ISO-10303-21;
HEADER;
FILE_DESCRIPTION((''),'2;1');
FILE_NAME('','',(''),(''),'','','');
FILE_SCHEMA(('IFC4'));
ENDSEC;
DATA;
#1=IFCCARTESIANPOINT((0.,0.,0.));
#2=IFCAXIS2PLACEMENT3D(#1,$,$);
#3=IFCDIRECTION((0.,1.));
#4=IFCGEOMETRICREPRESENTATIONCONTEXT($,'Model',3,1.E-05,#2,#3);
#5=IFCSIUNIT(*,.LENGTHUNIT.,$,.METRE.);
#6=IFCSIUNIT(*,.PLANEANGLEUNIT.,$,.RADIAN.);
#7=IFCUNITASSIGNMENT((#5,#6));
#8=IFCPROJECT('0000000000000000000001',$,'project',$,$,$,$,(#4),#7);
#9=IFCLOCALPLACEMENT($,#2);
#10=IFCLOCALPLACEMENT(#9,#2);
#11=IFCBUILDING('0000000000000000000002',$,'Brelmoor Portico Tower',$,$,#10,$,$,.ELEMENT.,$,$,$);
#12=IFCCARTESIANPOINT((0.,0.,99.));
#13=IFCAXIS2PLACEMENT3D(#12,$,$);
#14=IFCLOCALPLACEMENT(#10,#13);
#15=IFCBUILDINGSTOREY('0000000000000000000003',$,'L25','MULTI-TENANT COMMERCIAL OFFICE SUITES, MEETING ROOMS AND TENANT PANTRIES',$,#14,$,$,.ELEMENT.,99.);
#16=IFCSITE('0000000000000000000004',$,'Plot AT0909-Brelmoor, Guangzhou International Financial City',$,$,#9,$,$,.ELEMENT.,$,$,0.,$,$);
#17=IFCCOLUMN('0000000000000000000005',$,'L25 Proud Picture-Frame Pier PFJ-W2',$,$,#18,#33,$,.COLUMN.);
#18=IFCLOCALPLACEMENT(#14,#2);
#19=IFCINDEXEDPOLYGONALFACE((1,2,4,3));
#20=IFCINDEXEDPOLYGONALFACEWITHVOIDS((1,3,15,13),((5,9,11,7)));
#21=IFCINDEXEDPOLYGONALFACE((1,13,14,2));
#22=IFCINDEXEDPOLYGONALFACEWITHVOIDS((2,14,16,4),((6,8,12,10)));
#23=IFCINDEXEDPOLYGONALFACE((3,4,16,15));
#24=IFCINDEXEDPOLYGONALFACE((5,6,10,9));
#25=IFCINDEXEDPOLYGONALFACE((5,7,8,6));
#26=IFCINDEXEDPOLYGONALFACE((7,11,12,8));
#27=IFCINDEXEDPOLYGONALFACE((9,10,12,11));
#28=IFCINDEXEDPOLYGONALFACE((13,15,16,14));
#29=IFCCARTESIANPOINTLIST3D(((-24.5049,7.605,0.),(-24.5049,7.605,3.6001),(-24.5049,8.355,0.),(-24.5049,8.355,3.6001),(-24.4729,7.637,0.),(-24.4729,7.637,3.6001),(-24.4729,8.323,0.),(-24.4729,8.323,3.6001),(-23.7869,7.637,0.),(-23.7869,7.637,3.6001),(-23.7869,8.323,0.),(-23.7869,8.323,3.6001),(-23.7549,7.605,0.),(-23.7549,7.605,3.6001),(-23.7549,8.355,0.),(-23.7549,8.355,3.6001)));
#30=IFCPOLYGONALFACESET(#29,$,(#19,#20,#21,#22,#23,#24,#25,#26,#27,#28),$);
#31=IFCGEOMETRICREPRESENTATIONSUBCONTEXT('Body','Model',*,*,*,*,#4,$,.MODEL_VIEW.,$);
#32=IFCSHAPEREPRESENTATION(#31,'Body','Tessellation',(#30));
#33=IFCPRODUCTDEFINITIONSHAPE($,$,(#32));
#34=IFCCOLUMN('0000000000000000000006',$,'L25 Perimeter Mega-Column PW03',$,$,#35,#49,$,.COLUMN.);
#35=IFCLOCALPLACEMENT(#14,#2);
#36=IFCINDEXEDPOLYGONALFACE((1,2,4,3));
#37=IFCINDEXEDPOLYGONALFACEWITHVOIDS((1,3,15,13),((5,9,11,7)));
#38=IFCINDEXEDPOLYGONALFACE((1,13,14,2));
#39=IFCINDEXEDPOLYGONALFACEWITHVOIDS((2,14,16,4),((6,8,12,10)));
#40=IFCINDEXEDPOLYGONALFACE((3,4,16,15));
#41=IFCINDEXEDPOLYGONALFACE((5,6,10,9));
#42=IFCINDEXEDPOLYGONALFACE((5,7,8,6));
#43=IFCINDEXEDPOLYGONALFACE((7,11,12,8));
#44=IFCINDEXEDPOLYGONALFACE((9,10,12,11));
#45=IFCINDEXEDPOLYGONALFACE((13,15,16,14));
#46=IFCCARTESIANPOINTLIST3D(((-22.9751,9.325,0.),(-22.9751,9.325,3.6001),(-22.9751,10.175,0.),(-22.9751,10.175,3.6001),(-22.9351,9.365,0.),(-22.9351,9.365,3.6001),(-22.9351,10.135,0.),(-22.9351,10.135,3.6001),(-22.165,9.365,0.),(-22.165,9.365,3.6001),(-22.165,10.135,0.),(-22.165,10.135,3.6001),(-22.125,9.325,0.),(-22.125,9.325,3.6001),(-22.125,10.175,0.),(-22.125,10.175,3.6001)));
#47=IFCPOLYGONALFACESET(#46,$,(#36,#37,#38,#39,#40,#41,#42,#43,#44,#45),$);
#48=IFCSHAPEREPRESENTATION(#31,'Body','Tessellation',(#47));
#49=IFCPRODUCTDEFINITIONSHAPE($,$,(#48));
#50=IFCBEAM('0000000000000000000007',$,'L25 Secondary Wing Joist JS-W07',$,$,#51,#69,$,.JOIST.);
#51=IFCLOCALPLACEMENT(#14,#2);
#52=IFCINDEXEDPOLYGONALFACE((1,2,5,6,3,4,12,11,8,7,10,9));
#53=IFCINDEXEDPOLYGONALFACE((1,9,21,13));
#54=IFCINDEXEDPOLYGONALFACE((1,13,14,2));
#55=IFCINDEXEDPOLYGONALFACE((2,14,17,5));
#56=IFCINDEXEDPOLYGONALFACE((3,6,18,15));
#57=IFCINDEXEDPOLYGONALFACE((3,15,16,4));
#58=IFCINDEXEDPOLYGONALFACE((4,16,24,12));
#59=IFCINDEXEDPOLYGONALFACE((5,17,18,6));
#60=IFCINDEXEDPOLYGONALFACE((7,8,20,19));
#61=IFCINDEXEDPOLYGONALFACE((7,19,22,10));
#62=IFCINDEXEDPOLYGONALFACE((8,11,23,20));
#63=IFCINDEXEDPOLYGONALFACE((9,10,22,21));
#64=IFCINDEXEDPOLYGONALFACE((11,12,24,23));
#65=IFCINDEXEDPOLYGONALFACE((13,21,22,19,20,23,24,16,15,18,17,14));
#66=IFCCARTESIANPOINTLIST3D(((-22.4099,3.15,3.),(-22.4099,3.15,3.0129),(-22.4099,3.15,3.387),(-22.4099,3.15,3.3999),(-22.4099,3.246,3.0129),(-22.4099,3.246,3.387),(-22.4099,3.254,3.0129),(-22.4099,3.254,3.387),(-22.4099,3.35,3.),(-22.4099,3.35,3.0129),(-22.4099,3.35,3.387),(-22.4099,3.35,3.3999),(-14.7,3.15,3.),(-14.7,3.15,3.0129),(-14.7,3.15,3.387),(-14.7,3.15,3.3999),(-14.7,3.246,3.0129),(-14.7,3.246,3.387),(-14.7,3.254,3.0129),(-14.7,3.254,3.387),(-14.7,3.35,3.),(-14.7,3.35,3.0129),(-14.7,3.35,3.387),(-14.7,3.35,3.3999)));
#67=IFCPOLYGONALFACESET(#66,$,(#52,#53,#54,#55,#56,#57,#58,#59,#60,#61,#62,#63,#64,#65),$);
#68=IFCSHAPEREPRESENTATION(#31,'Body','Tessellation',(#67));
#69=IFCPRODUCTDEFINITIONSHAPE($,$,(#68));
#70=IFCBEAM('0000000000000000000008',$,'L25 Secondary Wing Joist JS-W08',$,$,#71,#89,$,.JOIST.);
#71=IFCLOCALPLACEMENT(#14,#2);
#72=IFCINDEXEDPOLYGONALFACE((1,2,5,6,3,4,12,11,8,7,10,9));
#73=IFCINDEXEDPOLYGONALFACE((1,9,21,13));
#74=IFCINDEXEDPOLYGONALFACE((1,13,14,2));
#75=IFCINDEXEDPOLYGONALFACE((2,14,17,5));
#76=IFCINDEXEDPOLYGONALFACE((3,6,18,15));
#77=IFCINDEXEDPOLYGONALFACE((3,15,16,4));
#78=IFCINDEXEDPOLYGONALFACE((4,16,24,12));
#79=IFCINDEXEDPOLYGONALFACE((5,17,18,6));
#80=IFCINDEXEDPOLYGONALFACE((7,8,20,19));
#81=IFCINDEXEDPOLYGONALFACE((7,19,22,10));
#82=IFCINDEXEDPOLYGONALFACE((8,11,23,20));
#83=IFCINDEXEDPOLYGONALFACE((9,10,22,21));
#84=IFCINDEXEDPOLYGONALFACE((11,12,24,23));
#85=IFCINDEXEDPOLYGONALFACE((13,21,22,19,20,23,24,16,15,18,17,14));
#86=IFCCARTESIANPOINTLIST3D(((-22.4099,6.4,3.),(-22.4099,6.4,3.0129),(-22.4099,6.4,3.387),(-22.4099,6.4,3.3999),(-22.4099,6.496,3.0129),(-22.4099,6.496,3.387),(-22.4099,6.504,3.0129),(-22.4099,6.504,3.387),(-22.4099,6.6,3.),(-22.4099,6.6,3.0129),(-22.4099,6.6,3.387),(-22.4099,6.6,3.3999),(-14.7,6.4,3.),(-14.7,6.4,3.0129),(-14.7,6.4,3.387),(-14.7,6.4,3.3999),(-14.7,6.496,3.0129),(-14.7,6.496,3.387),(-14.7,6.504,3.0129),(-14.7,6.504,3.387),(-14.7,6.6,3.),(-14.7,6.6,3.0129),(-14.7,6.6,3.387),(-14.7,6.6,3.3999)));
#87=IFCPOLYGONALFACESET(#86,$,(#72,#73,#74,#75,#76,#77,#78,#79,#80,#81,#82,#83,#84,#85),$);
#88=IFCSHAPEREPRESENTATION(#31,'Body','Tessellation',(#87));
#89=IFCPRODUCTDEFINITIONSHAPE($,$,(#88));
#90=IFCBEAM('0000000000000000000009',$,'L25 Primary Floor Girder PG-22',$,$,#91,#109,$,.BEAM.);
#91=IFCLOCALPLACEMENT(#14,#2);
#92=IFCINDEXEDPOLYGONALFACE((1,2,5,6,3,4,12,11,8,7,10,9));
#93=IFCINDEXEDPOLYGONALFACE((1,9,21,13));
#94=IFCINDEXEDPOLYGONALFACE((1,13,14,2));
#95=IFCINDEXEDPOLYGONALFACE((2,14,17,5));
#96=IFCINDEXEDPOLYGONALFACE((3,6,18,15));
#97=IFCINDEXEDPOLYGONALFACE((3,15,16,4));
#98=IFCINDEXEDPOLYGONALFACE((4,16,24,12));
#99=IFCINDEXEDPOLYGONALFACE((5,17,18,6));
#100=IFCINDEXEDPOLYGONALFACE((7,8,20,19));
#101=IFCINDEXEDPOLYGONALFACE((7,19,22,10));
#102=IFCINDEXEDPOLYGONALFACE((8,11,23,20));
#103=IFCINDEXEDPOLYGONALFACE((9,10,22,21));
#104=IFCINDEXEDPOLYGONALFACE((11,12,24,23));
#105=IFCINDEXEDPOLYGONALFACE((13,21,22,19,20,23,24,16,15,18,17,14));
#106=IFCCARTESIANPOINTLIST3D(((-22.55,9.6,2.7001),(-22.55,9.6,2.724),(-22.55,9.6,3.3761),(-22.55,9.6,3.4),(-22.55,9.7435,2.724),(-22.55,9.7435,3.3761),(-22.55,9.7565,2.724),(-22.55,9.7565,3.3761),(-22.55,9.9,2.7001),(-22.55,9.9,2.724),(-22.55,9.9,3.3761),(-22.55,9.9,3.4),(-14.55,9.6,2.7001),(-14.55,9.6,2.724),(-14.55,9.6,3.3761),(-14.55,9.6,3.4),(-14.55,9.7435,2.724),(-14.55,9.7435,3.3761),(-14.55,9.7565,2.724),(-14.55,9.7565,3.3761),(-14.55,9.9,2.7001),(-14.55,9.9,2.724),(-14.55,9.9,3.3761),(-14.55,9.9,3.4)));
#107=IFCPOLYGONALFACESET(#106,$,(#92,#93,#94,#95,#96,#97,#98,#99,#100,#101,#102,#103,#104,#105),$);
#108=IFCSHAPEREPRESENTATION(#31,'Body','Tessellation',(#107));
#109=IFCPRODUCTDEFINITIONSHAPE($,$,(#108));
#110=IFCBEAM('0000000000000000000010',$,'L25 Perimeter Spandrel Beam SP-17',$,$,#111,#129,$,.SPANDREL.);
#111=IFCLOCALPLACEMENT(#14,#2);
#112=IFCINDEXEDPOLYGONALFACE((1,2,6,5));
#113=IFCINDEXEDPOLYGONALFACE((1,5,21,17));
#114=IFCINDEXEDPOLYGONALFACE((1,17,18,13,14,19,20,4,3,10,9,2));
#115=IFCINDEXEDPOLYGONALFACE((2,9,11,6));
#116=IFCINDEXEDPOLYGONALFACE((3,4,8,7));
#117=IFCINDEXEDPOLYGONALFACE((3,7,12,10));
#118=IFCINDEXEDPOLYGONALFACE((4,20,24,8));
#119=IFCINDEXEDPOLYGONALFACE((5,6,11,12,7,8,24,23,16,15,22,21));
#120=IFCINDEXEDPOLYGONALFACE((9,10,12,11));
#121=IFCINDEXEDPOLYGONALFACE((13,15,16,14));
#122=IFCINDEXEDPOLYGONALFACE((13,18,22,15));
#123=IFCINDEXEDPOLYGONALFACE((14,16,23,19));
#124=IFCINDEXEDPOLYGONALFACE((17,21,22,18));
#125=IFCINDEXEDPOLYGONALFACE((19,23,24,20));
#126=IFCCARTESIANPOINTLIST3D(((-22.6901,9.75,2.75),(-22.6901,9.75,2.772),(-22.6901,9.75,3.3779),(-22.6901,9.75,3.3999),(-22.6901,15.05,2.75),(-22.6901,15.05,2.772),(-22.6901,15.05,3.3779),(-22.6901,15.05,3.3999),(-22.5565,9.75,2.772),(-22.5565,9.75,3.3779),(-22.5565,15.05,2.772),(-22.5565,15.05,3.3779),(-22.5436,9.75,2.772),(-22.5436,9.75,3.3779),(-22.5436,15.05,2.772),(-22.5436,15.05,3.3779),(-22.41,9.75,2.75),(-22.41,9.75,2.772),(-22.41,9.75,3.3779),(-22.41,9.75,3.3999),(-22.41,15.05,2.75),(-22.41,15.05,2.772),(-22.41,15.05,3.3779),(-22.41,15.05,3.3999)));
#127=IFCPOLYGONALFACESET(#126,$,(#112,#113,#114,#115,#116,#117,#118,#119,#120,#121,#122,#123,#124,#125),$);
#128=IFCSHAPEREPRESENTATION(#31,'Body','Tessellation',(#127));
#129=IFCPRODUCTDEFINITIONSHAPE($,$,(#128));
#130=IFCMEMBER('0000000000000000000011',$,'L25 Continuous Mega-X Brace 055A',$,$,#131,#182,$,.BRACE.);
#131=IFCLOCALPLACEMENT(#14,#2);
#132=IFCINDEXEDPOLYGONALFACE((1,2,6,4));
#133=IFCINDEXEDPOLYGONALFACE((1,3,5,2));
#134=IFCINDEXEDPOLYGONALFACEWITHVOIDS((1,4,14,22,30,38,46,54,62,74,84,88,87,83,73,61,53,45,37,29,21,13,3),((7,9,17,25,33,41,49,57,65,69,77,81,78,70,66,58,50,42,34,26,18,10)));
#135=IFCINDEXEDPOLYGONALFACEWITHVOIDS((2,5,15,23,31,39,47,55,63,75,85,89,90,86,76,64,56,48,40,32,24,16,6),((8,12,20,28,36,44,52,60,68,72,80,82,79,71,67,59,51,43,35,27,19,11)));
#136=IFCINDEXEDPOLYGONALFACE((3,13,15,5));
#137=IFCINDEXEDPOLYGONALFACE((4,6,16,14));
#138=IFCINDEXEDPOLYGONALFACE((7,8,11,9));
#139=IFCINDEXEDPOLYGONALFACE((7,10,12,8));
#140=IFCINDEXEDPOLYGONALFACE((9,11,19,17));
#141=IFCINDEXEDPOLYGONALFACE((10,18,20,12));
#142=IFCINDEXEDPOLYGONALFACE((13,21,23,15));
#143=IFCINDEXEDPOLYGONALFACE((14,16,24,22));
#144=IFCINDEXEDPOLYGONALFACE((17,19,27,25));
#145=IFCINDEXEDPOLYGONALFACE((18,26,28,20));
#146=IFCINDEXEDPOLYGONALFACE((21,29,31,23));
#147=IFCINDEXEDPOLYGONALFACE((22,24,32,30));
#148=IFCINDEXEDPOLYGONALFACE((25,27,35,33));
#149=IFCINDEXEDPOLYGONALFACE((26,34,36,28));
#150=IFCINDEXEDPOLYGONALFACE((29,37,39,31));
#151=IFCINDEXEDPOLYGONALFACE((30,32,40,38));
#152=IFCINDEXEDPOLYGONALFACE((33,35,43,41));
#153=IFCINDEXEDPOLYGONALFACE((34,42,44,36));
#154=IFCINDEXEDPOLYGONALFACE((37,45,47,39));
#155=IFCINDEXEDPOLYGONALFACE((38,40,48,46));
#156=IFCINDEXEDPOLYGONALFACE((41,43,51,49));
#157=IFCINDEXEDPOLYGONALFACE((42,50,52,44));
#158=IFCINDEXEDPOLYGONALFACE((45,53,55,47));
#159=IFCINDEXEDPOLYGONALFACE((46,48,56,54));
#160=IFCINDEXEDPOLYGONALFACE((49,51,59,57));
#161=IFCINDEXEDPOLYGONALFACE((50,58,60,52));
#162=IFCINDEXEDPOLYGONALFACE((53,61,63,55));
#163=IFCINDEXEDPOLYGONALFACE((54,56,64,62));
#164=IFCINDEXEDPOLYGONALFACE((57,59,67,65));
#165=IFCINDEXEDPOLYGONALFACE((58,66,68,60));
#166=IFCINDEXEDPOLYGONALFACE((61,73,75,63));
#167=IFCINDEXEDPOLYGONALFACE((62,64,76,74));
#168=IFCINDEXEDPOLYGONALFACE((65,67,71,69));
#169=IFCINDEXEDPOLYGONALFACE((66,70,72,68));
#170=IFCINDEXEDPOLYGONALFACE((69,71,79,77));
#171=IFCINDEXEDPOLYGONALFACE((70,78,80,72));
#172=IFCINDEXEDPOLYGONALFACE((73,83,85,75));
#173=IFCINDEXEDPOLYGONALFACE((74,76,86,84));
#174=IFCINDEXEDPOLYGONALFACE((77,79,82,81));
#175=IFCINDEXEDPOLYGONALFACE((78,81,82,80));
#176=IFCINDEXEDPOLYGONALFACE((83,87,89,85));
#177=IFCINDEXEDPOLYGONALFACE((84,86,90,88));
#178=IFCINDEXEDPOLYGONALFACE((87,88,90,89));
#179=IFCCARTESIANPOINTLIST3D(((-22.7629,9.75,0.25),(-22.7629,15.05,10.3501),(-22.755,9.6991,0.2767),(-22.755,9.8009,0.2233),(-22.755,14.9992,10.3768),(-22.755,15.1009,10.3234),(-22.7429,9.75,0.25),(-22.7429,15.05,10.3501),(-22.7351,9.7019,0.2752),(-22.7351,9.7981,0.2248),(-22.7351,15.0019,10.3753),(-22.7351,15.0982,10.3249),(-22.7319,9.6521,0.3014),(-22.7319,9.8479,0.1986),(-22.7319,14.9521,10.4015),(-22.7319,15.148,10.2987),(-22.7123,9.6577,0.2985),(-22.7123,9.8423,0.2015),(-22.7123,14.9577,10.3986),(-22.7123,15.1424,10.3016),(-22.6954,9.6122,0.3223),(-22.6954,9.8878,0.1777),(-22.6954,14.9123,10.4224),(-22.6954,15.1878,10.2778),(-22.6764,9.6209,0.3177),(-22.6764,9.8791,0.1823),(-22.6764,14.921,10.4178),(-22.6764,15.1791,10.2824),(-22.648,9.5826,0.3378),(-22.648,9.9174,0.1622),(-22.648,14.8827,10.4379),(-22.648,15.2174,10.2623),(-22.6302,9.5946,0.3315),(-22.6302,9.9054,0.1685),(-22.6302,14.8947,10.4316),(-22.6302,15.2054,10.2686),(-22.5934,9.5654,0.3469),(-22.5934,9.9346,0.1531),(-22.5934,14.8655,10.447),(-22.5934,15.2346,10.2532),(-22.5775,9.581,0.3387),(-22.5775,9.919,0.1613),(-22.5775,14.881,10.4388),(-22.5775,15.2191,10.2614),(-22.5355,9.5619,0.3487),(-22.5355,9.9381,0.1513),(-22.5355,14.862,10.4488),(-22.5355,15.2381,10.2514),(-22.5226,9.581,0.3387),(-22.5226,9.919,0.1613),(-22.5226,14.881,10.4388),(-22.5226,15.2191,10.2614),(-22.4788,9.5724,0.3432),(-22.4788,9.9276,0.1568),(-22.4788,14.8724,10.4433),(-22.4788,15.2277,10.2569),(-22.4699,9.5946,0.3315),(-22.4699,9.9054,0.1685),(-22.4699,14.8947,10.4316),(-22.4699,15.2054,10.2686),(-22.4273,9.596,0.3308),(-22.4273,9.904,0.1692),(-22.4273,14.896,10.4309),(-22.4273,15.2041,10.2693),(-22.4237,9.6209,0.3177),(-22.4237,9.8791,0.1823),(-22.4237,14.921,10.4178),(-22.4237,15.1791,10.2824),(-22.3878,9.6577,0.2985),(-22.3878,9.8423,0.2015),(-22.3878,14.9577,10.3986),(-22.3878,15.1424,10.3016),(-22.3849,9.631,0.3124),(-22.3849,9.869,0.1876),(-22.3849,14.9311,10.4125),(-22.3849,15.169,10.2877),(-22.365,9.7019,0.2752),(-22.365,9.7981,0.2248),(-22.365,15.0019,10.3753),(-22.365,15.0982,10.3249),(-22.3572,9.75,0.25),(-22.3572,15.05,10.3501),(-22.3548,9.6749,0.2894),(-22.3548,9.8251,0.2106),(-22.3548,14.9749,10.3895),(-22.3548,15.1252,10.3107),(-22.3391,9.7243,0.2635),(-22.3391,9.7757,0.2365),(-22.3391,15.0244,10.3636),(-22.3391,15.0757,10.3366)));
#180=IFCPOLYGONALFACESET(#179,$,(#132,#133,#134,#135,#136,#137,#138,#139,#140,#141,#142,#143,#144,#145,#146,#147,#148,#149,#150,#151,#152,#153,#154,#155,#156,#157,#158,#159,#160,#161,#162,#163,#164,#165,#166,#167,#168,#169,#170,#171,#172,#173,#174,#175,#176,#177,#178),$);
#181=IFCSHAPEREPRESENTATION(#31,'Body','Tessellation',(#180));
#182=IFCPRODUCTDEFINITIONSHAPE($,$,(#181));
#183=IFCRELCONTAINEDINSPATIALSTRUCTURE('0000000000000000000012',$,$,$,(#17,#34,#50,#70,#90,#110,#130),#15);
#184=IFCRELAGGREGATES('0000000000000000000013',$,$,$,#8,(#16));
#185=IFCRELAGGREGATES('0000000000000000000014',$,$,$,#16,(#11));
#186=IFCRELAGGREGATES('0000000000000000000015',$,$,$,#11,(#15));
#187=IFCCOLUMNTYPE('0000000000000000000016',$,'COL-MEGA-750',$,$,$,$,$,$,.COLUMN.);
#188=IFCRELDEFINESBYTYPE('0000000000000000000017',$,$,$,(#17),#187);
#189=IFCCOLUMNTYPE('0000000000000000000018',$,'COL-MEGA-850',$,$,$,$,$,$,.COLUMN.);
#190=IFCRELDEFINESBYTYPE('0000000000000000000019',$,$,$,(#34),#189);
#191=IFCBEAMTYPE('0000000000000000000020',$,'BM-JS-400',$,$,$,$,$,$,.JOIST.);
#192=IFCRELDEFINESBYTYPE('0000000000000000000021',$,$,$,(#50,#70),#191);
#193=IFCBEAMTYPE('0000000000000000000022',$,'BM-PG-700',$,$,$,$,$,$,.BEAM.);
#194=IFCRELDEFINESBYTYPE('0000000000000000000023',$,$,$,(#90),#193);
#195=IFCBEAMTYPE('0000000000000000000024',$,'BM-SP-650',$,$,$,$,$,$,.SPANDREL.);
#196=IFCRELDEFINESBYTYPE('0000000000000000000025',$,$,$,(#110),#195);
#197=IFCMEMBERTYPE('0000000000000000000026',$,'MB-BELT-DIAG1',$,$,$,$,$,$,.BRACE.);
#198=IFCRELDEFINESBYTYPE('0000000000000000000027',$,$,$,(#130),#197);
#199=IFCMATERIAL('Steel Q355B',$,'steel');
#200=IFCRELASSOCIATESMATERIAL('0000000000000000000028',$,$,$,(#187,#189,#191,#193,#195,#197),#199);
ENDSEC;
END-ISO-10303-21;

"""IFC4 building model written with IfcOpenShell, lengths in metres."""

from ifc_helpers import new_model, si_unit, direction, frame, origin, origin_2d, place, context, subcontext, project, spatial, hollow_rectangle, hollow_circle, i_section, extrude, material, material_profile, profile_set, type_object, element, save


model = new_model("IFC4")

# Units and contexts
model_context = context("Model", 3, precision=1e-05, world=origin(), true_north=direction((0.0, 1.0)))
body_context = subcontext(model_context, "Body", "Model", "MODEL_VIEW")
ifc_project = project(units=[si_unit("LENGTHUNIT", "METRE"), si_unit("PLANEANGLEUNIT", "RADIAN")], contexts=[model_context])

# Site, building, storey
site_placement = place(None, origin())
site = spatial("IfcSite", under=ifc_project, at=site_placement, Name="Plot AT0909-Brelmoor, Guangzhou International Financial City", CompositionType="ELEMENT", RefElevation=0.0)
building_placement = place(site_placement, origin())
building = spatial("IfcBuilding", under=site, at=building_placement, Name="Brelmoor Portico Tower", CompositionType="ELEMENT")
storey_placement = place(building_placement, frame((0.0, 0.0, 99.0)))
storey = spatial("IfcBuildingStorey", under=building, at=storey_placement, Name="L25", Description="MULTI-TENANT COMMERCIAL OFFICE SUITES, MEETING ROOMS AND TENANT PANTRIES", CompositionType="ELEMENT", Elevation=99.0)

# Columns
ifc_material_1 = material(Name="Steel Q355B", Category="steel")
ifc_material_profile_1 = material_profile(ifc_material_1, hollow_rectangle(XDim=0.75, YDim=0.75, WallThickness=0.032, at=origin_2d()), Name="BOX 750x750x32")
ifc_profile_set_1 = profile_set([ifc_material_profile_1], Name="Steel Q355B")
column_type_1 = type_object("IfcColumnType", Name="COL-MEGA-750", PredefinedType="COLUMN", material=ifc_profile_set_1)
column_1_placement = place(storey_placement, frame((-24.1299, 7.98, 0.0), z_axis=(0.0, 0.0, 1.0), x_axis=(0.0, 1.0, 0.0)))
element("IfcColumn", 1, at=column_1_placement, inside=storey, type_object=column_type_1, Name="L25 Proud Picture-Frame Pier PFJ-W2", PredefinedType="COLUMN", context=body_context, shape_type="SweptSolid", body=[
    extrude(hollow_rectangle(XDim=0.75, YDim=0.75, WallThickness=0.032, at=origin_2d()), origin(), (0.0, 0.0, 1.0), 3.6001),
])
ifc_material_profile_2 = material_profile(ifc_material_1, hollow_rectangle(XDim=0.8501, YDim=0.8501, WallThickness=0.04, at=origin_2d()), Name="BOX 850x850x40")
ifc_profile_set_2 = profile_set([ifc_material_profile_2], Name="Steel Q355B")
column_type_2 = type_object("IfcColumnType", Name="COL-MEGA-850", PredefinedType="COLUMN", material=ifc_profile_set_2)
column_2_placement = place(storey_placement, frame((-22.55, 9.75, 0.0), z_axis=(0.0, 0.0, 1.0), x_axis=(0.0, 1.0, 0.0)))
element("IfcColumn", 2, at=column_2_placement, inside=storey, type_object=column_type_2, Name="L25 Perimeter Mega-Column PW03", PredefinedType="COLUMN", context=body_context, shape_type="SweptSolid", body=[
    extrude(hollow_rectangle(XDim=0.8501, YDim=0.8501, WallThickness=0.04, at=origin_2d()), origin(), (0.0, 0.0, 1.0), 3.6001),
])

# Beams
ifc_material_profile_3 = material_profile(ifc_material_1, i_section(OverallWidth=0.2, OverallDepth=0.3999, WebThickness=0.0081, FlangeThickness=0.0129, at=origin_2d()), Name="HN 400x200x8x13")
ifc_profile_set_3 = profile_set([ifc_material_profile_3], Name="Steel Q355B")
beam_type_1 = type_object("IfcBeamType", Name="BM-JS-400", PredefinedType="JOIST", material=ifc_profile_set_3)
for number, where, z_axis, x_axis, name in (
    (3, (-22.4099, 3.25, 3.2), (1.0, 0.0, 0.0), (0.0, 1.0, 0.0), "L25 Secondary Wing Joist JS-W07"),
    (4, (-22.4099, 6.5, 3.2), (1.0, 0.0, 0.0), (0.0, 1.0, 0.0), "L25 Secondary Wing Joist JS-W08"),
):
    element("IfcBeam", number, at=place(storey_placement, frame(where, z_axis=z_axis, x_axis=x_axis)), inside=storey, type_object=beam_type_1, Name=name, PredefinedType="JOIST", context=body_context, shape_type="SweptSolid", body=[
        extrude(i_section(OverallWidth=0.2, OverallDepth=0.3999, WebThickness=0.0081, FlangeThickness=0.0129, at=origin_2d()), origin(), (0.0, 0.0, 1.0), 7.71),
    ])
ifc_material_profile_4 = material_profile(ifc_material_1, i_section(OverallWidth=0.3, OverallDepth=0.7, WebThickness=0.0129, FlangeThickness=0.0239, at=origin_2d()), Name="HN 700x300x13x24")
ifc_profile_set_4 = profile_set([ifc_material_profile_4], Name="Steel Q355B")
beam_type_2 = type_object("IfcBeamType", Name="BM-PG-700", PredefinedType="BEAM", material=ifc_profile_set_4)
beam_1_placement = place(storey_placement, frame((-22.55, 9.75, 3.05), z_axis=(1.0, 0.0, 0.0), x_axis=(0.0, 1.0, 0.0)))
element("IfcBeam", 5, at=beam_1_placement, inside=storey, type_object=beam_type_2, Name="L25 Primary Floor Girder PG-22", PredefinedType="BEAM", context=body_context, shape_type="SweptSolid", body=[
    extrude(i_section(OverallWidth=0.3, OverallDepth=0.7, WebThickness=0.0129, FlangeThickness=0.0239, at=origin_2d()), origin(), (0.0, 0.0, 1.0), 8.0),
])
ifc_material_profile_5 = material_profile(ifc_material_1, i_section(OverallWidth=0.28, OverallDepth=0.6499, WebThickness=0.0129, FlangeThickness=0.022, at=origin_2d()), Name="HN 650x280x13x22")
ifc_profile_set_5 = profile_set([ifc_material_profile_5], Name="Steel Q355B")
beam_type_3 = type_object("IfcBeamType", Name="BM-SP-650", PredefinedType="SPANDREL", material=ifc_profile_set_5)
beam_2_placement = place(storey_placement, frame((-22.55, 9.75, 3.075), z_axis=(0.0, 1.0, 0.0), x_axis=(-1.0, 0.0, 0.0)))
element("IfcBeam", 6, at=beam_2_placement, inside=storey, type_object=beam_type_3, Name="L25 Perimeter Spandrel Beam SP-17", PredefinedType="SPANDREL", context=body_context, shape_type="SweptSolid", body=[
    extrude(i_section(OverallWidth=0.28, OverallDepth=0.6499, WebThickness=0.0129, FlangeThickness=0.022, at=origin_2d()), origin(), (0.0, 0.0, 1.0), 5.3),
])

# Member
ifc_material_profile_6 = material_profile(ifc_material_1, hollow_circle(Radius=0.2129, WallThickness=0.02, at=origin_2d()), Name="CHS 426x20")
ifc_profile_set_6 = profile_set([ifc_material_profile_6], Name="Steel Q355B")
member_type_1 = type_object("IfcMemberType", Name="MB-BELT-DIAG1", PredefinedType="BRACE", material=ifc_profile_set_6)
member_1_placement = place(storey_placement, frame((-22.55, 9.75, 0.25), z_axis=(0.0, 0.464662, 0.885488), x_axis=(-1.0, 0.0, 0.0)))
element("IfcMember", 7, at=member_1_placement, inside=storey, type_object=member_type_1, Name="L25 Continuous Mega-X Brace 055A", PredefinedType="BRACE", context=body_context, shape_type="SweptSolid", body=[
    extrude(hollow_circle(Radius=0.2129, WallThickness=0.02, at=origin_2d()), origin(), (0.0, 0.0, 1.0), 11.4062),
])

save(model, "model.ifc")
